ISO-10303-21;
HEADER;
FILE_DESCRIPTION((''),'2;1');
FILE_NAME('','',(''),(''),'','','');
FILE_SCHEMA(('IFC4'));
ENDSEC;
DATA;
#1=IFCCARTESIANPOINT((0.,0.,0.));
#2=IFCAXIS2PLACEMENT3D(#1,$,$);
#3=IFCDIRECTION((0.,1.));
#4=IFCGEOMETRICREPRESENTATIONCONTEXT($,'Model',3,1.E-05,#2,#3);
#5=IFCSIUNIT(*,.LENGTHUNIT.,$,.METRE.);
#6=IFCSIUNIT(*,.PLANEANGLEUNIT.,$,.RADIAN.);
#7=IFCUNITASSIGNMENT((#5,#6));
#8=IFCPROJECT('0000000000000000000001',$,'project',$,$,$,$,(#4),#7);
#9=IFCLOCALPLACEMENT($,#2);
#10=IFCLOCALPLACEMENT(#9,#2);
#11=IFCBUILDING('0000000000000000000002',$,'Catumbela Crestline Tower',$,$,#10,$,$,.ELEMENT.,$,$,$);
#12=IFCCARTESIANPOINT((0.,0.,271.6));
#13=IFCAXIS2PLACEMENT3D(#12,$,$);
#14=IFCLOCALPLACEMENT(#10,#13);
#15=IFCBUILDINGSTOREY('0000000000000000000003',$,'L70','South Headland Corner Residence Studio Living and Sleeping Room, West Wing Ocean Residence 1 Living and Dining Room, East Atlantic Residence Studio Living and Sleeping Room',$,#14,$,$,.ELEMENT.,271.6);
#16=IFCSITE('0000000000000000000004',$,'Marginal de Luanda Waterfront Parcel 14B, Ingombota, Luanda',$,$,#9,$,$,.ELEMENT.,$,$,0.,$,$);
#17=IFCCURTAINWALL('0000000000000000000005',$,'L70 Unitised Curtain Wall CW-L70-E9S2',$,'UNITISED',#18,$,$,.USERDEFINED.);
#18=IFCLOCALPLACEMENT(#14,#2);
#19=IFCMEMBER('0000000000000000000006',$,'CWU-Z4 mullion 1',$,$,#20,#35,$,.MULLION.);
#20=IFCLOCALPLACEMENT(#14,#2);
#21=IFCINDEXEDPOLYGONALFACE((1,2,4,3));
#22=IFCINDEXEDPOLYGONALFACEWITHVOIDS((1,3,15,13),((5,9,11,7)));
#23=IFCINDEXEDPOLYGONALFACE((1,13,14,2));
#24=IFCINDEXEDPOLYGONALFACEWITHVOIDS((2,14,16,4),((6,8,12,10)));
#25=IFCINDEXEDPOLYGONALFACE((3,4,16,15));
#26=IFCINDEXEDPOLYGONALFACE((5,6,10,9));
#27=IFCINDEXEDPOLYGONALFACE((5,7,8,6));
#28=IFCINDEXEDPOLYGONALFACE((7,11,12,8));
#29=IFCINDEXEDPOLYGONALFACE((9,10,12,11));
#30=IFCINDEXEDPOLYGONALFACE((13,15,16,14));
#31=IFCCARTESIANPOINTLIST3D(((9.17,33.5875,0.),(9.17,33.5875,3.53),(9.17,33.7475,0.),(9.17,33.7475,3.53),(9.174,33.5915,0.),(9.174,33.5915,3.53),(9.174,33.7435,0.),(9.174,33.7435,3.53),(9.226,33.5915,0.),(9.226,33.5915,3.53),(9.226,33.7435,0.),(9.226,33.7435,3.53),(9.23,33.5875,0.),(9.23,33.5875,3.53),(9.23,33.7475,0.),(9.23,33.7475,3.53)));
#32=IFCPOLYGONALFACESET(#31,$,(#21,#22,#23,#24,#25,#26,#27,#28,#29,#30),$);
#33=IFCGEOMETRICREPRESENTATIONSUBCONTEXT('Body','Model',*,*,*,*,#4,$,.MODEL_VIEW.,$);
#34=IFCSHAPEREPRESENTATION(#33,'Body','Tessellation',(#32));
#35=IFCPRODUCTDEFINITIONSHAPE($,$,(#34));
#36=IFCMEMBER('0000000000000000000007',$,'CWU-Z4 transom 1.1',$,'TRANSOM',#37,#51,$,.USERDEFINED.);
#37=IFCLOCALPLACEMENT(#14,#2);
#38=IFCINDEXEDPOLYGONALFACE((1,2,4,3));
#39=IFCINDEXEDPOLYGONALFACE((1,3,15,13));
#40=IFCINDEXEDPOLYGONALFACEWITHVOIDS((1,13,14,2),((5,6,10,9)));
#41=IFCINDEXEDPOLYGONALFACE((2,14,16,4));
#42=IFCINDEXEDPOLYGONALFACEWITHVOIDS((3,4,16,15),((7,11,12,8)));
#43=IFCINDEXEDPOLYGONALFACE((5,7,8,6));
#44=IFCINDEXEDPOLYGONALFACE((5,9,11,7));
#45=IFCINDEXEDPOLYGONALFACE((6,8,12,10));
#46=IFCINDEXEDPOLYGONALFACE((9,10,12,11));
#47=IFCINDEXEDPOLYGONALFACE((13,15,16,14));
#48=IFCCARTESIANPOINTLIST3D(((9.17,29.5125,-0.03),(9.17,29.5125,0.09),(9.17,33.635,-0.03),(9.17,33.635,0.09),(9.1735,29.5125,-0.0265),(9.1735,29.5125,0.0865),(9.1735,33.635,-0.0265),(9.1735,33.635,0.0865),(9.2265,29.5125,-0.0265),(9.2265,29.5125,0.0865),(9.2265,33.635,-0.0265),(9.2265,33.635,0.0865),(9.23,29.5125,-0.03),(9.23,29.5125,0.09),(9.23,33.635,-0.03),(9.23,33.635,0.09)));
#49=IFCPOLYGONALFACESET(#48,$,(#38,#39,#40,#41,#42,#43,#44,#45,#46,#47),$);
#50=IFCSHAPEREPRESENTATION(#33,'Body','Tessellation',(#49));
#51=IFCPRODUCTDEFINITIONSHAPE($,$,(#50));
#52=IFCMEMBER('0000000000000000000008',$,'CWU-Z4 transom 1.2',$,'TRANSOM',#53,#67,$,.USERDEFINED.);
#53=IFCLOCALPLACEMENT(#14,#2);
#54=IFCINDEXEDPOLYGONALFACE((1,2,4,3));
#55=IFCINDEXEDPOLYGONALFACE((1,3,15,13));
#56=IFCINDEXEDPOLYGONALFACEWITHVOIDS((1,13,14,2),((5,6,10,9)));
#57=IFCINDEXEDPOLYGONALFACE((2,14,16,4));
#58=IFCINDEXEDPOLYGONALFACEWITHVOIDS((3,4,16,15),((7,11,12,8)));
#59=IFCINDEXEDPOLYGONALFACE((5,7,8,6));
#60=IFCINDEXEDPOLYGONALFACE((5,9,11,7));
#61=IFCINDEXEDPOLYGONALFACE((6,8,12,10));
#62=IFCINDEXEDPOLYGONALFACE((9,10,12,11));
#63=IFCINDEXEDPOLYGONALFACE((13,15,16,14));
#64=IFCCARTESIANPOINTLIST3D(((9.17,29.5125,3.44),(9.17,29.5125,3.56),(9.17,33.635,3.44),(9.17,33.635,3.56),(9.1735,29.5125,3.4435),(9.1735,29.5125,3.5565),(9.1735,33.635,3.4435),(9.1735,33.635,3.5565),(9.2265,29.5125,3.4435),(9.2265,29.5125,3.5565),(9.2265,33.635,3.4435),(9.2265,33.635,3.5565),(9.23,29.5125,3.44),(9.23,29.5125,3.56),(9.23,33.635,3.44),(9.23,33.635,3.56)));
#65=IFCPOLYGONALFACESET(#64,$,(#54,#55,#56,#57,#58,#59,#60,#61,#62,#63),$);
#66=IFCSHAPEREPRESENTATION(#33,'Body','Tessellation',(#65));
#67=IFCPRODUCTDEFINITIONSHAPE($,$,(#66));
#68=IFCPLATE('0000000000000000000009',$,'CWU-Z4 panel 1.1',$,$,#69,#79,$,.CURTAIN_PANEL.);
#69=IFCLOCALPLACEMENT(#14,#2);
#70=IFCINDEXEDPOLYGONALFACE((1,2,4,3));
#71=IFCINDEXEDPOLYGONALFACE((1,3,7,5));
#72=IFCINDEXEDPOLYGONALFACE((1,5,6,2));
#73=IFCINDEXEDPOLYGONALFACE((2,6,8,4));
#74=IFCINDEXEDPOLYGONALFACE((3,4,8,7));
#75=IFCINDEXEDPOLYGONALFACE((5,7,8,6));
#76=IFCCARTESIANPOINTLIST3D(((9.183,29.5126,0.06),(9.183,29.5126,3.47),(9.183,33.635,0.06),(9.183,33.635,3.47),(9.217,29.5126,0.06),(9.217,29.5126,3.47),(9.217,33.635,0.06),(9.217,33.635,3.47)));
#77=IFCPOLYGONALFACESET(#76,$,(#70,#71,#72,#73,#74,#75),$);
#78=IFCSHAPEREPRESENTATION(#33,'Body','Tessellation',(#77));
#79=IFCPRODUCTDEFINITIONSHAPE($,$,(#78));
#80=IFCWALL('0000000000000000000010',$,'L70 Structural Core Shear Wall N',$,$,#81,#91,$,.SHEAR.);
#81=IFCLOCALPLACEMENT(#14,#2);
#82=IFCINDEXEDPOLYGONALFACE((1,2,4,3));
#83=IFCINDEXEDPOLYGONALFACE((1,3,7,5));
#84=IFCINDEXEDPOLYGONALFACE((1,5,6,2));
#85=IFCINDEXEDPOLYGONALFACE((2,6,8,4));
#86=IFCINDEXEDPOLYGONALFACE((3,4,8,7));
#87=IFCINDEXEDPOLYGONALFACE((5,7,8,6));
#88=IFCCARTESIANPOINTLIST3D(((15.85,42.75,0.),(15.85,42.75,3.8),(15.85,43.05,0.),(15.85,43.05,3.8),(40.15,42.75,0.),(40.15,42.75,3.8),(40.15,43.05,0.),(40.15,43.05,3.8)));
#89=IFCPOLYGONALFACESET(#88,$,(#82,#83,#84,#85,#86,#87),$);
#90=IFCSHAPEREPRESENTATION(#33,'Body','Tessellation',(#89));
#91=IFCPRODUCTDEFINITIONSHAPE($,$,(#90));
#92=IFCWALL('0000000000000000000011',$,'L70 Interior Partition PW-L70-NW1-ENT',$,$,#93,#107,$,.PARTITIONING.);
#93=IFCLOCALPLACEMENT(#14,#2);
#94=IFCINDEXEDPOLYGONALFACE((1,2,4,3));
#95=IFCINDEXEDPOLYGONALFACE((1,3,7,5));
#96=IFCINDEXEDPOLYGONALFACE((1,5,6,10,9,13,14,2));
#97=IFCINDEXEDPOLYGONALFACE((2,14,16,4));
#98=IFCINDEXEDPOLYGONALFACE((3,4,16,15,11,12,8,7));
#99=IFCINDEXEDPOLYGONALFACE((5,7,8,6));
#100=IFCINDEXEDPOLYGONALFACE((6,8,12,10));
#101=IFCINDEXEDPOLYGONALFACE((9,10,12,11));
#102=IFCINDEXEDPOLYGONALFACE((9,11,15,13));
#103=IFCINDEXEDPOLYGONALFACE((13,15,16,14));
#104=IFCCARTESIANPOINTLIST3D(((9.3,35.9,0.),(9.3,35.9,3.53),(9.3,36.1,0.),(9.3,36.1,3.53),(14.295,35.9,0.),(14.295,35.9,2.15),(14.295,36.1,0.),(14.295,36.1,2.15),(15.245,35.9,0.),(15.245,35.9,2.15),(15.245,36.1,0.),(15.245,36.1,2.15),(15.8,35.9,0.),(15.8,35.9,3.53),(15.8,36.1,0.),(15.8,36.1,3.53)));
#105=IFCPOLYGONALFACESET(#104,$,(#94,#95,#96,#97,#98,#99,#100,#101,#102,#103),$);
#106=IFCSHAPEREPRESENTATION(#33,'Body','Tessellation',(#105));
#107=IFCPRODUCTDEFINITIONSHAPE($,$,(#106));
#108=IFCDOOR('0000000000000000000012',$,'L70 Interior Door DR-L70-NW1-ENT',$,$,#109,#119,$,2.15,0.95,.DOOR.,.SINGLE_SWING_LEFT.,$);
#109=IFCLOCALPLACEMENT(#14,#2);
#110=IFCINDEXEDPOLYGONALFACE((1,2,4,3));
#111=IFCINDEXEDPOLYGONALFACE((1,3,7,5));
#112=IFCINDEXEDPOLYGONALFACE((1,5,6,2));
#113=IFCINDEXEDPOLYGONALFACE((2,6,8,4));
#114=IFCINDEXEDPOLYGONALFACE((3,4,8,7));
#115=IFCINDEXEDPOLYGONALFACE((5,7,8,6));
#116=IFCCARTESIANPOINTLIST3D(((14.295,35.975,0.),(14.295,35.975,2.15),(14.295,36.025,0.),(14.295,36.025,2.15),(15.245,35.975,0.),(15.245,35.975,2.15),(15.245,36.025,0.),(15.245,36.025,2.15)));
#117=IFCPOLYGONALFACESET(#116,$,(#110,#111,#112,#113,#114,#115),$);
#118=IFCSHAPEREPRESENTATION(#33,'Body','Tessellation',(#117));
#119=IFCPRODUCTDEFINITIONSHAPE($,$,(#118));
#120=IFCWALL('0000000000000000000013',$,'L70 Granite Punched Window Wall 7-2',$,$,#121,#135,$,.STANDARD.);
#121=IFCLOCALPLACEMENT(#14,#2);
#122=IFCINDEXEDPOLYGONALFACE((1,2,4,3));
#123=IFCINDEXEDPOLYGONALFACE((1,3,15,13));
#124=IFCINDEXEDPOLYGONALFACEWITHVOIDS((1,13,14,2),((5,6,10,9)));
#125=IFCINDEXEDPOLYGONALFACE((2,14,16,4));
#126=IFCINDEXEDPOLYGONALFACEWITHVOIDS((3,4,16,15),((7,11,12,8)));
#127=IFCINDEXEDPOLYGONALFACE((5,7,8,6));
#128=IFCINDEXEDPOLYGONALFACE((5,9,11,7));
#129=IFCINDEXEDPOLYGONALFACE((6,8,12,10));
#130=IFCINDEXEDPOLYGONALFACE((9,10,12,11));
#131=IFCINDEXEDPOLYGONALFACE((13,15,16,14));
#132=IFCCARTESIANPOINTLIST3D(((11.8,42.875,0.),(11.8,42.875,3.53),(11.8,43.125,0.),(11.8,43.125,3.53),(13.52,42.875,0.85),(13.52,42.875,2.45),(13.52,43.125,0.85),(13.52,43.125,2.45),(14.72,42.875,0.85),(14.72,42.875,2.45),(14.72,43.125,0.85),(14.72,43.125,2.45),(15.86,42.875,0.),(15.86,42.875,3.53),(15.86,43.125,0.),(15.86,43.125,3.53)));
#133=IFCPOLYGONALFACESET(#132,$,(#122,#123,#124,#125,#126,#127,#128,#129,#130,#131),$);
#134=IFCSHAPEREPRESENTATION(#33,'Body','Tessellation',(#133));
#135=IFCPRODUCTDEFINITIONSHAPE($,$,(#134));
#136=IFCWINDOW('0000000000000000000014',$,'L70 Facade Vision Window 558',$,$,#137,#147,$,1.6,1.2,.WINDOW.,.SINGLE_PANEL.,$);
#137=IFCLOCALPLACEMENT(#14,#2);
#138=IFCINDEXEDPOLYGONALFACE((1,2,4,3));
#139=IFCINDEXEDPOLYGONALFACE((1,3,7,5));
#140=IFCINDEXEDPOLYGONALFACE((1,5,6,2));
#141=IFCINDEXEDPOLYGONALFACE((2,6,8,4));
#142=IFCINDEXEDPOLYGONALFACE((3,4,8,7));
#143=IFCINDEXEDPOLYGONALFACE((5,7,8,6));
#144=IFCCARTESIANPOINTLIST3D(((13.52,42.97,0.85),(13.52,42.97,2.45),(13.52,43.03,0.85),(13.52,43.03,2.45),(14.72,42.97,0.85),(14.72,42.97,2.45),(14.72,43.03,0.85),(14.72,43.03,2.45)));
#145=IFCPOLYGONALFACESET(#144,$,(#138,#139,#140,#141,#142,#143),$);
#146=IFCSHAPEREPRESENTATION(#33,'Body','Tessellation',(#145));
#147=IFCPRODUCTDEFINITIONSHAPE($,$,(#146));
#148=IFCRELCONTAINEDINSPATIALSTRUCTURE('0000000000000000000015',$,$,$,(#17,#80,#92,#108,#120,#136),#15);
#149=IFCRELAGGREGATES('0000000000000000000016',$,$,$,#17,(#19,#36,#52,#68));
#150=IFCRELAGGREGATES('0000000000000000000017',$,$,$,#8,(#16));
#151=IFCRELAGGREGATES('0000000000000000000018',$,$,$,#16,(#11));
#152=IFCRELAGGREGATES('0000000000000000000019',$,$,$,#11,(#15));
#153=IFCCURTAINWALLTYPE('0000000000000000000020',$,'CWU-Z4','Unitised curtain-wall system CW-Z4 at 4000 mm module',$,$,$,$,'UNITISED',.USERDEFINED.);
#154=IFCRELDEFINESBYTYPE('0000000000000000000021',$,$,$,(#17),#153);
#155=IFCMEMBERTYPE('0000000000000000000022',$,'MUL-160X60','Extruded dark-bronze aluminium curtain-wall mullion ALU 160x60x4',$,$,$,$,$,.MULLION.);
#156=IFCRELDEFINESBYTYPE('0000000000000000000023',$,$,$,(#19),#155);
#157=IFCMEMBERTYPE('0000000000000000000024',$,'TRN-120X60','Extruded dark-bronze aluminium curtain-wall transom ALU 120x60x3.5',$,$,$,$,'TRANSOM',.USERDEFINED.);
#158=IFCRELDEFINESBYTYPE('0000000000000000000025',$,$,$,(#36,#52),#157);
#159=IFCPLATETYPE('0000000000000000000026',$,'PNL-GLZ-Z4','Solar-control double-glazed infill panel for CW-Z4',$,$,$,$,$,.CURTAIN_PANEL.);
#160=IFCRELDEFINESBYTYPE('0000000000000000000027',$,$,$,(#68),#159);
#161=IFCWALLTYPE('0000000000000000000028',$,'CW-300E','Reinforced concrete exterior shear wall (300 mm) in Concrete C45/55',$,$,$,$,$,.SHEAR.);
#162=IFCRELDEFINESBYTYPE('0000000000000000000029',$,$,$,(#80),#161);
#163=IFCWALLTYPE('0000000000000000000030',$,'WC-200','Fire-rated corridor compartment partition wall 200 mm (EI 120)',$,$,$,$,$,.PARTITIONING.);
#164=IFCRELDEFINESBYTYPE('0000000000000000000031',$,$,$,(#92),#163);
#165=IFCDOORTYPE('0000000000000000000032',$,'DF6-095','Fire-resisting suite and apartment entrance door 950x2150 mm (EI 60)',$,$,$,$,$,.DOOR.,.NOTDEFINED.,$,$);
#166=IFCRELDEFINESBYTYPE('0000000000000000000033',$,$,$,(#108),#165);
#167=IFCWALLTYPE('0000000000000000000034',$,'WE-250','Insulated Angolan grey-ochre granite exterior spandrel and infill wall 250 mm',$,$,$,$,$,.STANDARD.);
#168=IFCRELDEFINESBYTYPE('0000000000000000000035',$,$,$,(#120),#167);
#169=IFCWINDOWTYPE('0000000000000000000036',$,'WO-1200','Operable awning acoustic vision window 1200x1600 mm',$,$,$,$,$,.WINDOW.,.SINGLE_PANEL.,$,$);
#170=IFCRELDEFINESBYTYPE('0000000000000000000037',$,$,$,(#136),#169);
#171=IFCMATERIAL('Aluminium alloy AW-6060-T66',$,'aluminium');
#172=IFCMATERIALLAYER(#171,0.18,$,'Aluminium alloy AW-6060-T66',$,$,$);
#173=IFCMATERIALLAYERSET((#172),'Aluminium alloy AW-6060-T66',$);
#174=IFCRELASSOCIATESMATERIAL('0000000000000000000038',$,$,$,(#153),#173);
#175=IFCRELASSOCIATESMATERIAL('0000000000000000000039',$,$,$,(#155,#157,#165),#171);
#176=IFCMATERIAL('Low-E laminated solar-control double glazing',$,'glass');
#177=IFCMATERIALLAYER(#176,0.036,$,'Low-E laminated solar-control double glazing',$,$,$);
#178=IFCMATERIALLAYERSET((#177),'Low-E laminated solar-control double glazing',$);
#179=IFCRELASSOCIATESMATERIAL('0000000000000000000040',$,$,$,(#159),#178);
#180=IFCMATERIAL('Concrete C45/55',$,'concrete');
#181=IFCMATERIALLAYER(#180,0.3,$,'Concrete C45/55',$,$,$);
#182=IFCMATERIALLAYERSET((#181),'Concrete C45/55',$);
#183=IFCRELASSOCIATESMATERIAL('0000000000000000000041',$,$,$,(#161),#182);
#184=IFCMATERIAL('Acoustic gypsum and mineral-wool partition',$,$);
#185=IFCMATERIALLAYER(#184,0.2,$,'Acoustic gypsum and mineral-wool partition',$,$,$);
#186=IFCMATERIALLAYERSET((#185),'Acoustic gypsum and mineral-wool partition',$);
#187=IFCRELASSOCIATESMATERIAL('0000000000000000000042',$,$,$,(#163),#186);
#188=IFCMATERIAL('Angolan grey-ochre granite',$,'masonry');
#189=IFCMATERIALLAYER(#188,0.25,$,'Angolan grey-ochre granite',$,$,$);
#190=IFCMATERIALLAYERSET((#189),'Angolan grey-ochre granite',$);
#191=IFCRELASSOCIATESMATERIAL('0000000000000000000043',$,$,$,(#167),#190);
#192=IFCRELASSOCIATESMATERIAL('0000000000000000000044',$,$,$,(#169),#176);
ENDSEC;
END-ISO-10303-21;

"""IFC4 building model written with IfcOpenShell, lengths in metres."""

from ifc_helpers import new_model, si_unit, direction, frame, frame_2d, origin, origin_2d, place, context, subcontext, project, spatial, rectangle, hollow_rectangle, extrude, material, layer, layer_set, material_profile, profile_set, type_object, element, fill, aggregate, save


model = new_model("IFC4")

# Units and contexts
model_context = context("Model", 3, precision=1e-05, world=origin(), true_north=direction((0.0, 1.0)))
body_context = subcontext(model_context, "Body", "Model", "MODEL_VIEW")
ifc_project = project(units=[si_unit("LENGTHUNIT", "METRE"), si_unit("PLANEANGLEUNIT", "RADIAN")], contexts=[model_context])

# Site, building, storey
site_placement = place(None, origin())
site = spatial("IfcSite", under=ifc_project, at=site_placement, Name="Marginal de Luanda Waterfront Parcel 14B, Ingombota, Luanda", CompositionType="ELEMENT", RefElevation=0.0)
building_placement = place(site_placement, origin())
building = spatial("IfcBuilding", under=site, at=building_placement, Name="Catumbela Crestline Tower", CompositionType="ELEMENT")
storey_placement = place(building_placement, frame((0.0, 0.0, 271.6)))
storey = spatial("IfcBuildingStorey", under=building, at=storey_placement, Name="L70", Description="South Headland Corner Residence Studio Living and Sleeping Room, West Wing Ocean Residence 1 Living and Dining Room, East Atlantic Residence Studio Living and Sleeping Room", CompositionType="ELEMENT", Elevation=271.6)

# Curtain wall, members, plate
ifc_material_1 = material(Name="Aluminium alloy AW-6060-T66", Category="aluminium")
ifc_layer_1 = layer(ifc_material_1, 0.18, Name="Aluminium alloy AW-6060-T66")
ifc_layer_set_1 = layer_set([ifc_layer_1], Name="Aluminium alloy AW-6060-T66")
curtain_wall_type = type_object("IfcCurtainWallType", Name="CWU-Z4", Description="Unitised curtain-wall system CW-Z4 at 4000 mm module", ElementType="UNITISED", PredefinedType="USERDEFINED", material=ifc_layer_set_1)
curtain_wall_placement = place(storey_placement, origin())
curtain_wall = element("IfcCurtainWall", 1, at=curtain_wall_placement, inside=storey, type_object=curtain_wall_type, Name="L70 Unitised Curtain Wall CW-L70-E9S2", ObjectType="UNITISED", PredefinedType="USERDEFINED")
ifc_material_profile_1 = material_profile(ifc_material_1, hollow_rectangle(XDim=0.06, YDim=0.16, WallThickness=0.004, at=origin_2d()), Name="ALU 160x60x4")
ifc_profile_set_1 = profile_set([ifc_material_profile_1], Name="Aluminium alloy AW-6060-T66")
member_type_1 = type_object("IfcMemberType", Name="MUL-160X60", Description="Extruded dark-bronze aluminium curtain-wall mullion ALU 160x60x4", PredefinedType="MULLION", material=ifc_profile_set_1)
member_1_placement = place(storey_placement, frame((9.2, 33.6675, 0.0), z_axis=(0.0, 0.0, 1.0), x_axis=(1.0, 0.0, 0.0)))
member_1 = element("IfcMember", 2, at=member_1_placement, type_object=member_type_1, Name="CWU-Z4 mullion 1", PredefinedType="MULLION", context=body_context, shape_type="SweptSolid", body=[
    extrude(hollow_rectangle(XDim=0.06, YDim=0.16, WallThickness=0.004, at=origin_2d()), origin(), (0.0, 0.0, 1.0), 3.53),
])
ifc_material_profile_2 = material_profile(ifc_material_1, hollow_rectangle(XDim=0.06, YDim=0.12, WallThickness=0.0035, at=origin_2d()), Name="ALU 120x60x3.5")
ifc_profile_set_2 = profile_set([ifc_material_profile_2], Name="Aluminium alloy AW-6060-T66")
member_type_2 = type_object("IfcMemberType", Name="TRN-120X60", Description="Extruded dark-bronze aluminium curtain-wall transom ALU 120x60x3.5", ElementType="TRANSOM", PredefinedType="USERDEFINED", material=ifc_profile_set_2)
member_2_placement = place(storey_placement, frame((9.2, 33.635, 0.03), z_axis=(0.0, -1.0, 0.0), x_axis=(1.0, 0.0, 0.0)))
member_2 = element("IfcMember", 3, at=member_2_placement, type_object=member_type_2, Name="CWU-Z4 transom 1.1", ObjectType="TRANSOM", PredefinedType="USERDEFINED", context=body_context, shape_type="SweptSolid", body=[
    extrude(hollow_rectangle(XDim=0.06, YDim=0.12, WallThickness=0.0035, at=origin_2d()), origin(), (0.0, 0.0, 1.0), 4.1225),
])
member_3_placement = place(storey_placement, frame((9.2, 33.635, 3.5), z_axis=(0.0, -1.0, 0.0), x_axis=(1.0, 0.0, 0.0)))
member_3 = element("IfcMember", 4, at=member_3_placement, type_object=member_type_2, Name="CWU-Z4 transom 1.2", ObjectType="TRANSOM", PredefinedType="USERDEFINED", context=body_context, shape_type="SweptSolid", body=[
    extrude(hollow_rectangle(XDim=0.06, YDim=0.12, WallThickness=0.0035, at=origin_2d()), origin(), (0.0, 0.0, 1.0), 4.1225),
])
ifc_material_2 = material(Name="Low-E laminated solar-control double glazing", Category="glass")
ifc_layer_2 = layer(ifc_material_2, 0.036, Name="Low-E laminated solar-control double glazing")
ifc_layer_set_2 = layer_set([ifc_layer_2], Name="Low-E laminated solar-control double glazing")
plate_type = type_object("IfcPlateType", Name="PNL-GLZ-Z4", Description="Solar-control double-glazed infill panel for CW-Z4", PredefinedType="CURTAIN_PANEL", material=ifc_layer_set_2)
plate_placement = place(storey_placement, frame((9.2, 31.5738, 0.06), z_axis=(0.0, 0.0, 1.0), x_axis=(0.0, -1.0, 0.0)))
plate = element("IfcPlate", 5, at=plate_placement, type_object=plate_type, Name="CWU-Z4 panel 1.1", PredefinedType="CURTAIN_PANEL", context=body_context, shape_type="SweptSolid", body=[
    extrude(rectangle(XDim=4.1225, YDim=0.034, at=origin_2d()), origin(), (0.0, 0.0, 1.0), 3.41),
])
aggregate(curtain_wall, [member_1, member_2, member_3, plate])

# Wall
ifc_material_3 = material(Name="Concrete C45/55", Category="concrete")
ifc_layer_3 = layer(ifc_material_3, 0.3, Name="Concrete C45/55")
ifc_layer_set_3 = layer_set([ifc_layer_3], Name="Concrete C45/55")
wall_type_1 = type_object("IfcWallType", Name="CW-300E", Description="Reinforced concrete exterior shear wall (300 mm) in Concrete C45/55", PredefinedType="SHEAR", material=ifc_layer_set_3)
wall_1_placement = place(storey_placement, frame((15.85, 42.9, 0.0), z_axis=(0.0, 0.0, 1.0), x_axis=(1.0, 0.0, 0.0)))
element("IfcWall", 6, at=wall_1_placement, inside=storey, type_object=wall_type_1, Name="L70 Structural Core Shear Wall N", PredefinedType="SHEAR", context=body_context, shape_type="SweptSolid", body=[
    extrude(rectangle(XDim=24.3, YDim=0.3, at=frame_2d((12.15, 0.0))), origin(), (0.0, 0.0, 1.0), 3.8),
])

# Wall, opening, door
ifc_material_4 = material(Name="Acoustic gypsum and mineral-wool partition")
ifc_layer_4 = layer(ifc_material_4, 0.2, Name="Acoustic gypsum and mineral-wool partition")
ifc_layer_set_4 = layer_set([ifc_layer_4], Name="Acoustic gypsum and mineral-wool partition")
wall_type_2 = type_object("IfcWallType", Name="WC-200", Description="Fire-rated corridor compartment partition wall 200 mm (EI 120)", PredefinedType="PARTITIONING", material=ifc_layer_set_4)
wall_2_placement = place(storey_placement, frame((9.3, 36.0, 0.0), z_axis=(0.0, 0.0, 1.0), x_axis=(1.0, 0.0, 0.0)))
wall_2 = element("IfcWall", 7, at=wall_2_placement, inside=storey, type_object=wall_type_2, Name="L70 Interior Partition PW-L70-NW1-ENT", PredefinedType="PARTITIONING", context=body_context, shape_type="SweptSolid", body=[
    extrude(rectangle(XDim=6.5, YDim=0.2, at=frame_2d((3.25, 0.0))), origin(), (0.0, 0.0, 1.0), 3.53),
])
opening_1_placement = place(wall_2_placement, frame((4.995, 0.0, 0.0)))
opening_1 = element("IfcOpeningElement", 8, at=opening_1_placement, cuts=wall_2, PredefinedType="OPENING", context=body_context, shape_type="SweptSolid", body=[
    extrude(rectangle(XDim=0.95, YDim=2.15, at=frame_2d((0.475, 1.075))), frame((0.0, 0.11, 0.0), z_axis=(0.0, -1.0, 0.0), x_axis=(1.0, 0.0, 0.0)), (0.0, 0.0, 1.0), 0.22),
])
door_type_1 = type_object("IfcDoorType", Name="DF6-095", Description="Fire-resisting suite and apartment entrance door 950x2150 mm (EI 60)", OperationType="NOTDEFINED", PredefinedType="DOOR", material=ifc_material_1)
door_1_placement = place(opening_1_placement, origin())
door_1 = element("IfcDoor", 9, at=door_1_placement, inside=storey, type_object=door_type_1, Name="L70 Interior Door DR-L70-NW1-ENT", OperationType="SINGLE_SWING_LEFT", OverallHeight=2.15, OverallWidth=0.95, PredefinedType="DOOR", context=body_context, shape_type="SweptSolid", body=[
    extrude(rectangle(XDim=0.95, YDim=2.15, at=frame_2d((0.475, 1.075))), frame((0.0, 0.025, 0.0), z_axis=(0.0, -1.0, 0.0), x_axis=(1.0, 0.0, 0.0)), (0.0, 0.0, 1.0), 0.05),
])
fill(opening_1, door_1)

# Wall, opening, window
ifc_material_5 = material(Name="Angolan grey-ochre granite", Category="masonry")
ifc_layer_5 = layer(ifc_material_5, 0.25, Name="Angolan grey-ochre granite")
ifc_layer_set_5 = layer_set([ifc_layer_5], Name="Angolan grey-ochre granite")
wall_type_3 = type_object("IfcWallType", Name="WE-250", Description="Insulated Angolan grey-ochre granite exterior spandrel and infill wall 250 mm", PredefinedType="STANDARD", material=ifc_layer_set_5)
wall_3_placement = place(storey_placement, frame((15.86, 43.0, 0.0), z_axis=(0.0, 0.0, 1.0), x_axis=(-1.0, 0.0, 0.0)))
wall_3 = element("IfcWall", 10, at=wall_3_placement, inside=storey, type_object=wall_type_3, Name="L70 Granite Punched Window Wall 7-2", PredefinedType="STANDARD", context=body_context, shape_type="SweptSolid", body=[
    extrude(rectangle(XDim=4.06, YDim=0.25, at=frame_2d((2.03, 0.0))), origin(), (0.0, 0.0, 1.0), 3.53),
])
opening_2_placement = place(wall_3_placement, frame((1.14, 0.0, 0.85)))
opening_2 = element("IfcOpeningElement", 11, at=opening_2_placement, cuts=wall_3, PredefinedType="OPENING", context=body_context, shape_type="SweptSolid", body=[
    extrude(rectangle(XDim=1.2, YDim=1.6, at=frame_2d((0.6, 0.8))), frame((0.0, 0.135, 0.0), z_axis=(0.0, -1.0, 0.0), x_axis=(1.0, 0.0, 0.0)), (0.0, 0.0, 1.0), 0.27),
])
window_type_1 = type_object("IfcWindowType", Name="WO-1200", Description="Operable awning acoustic vision window 1200x1600 mm", PartitioningType="SINGLE_PANEL", PredefinedType="WINDOW", material=ifc_material_2)
window_1_placement = place(opening_2_placement, origin())
window_1 = element("IfcWindow", 12, at=window_1_placement, inside=storey, type_object=window_type_1, Name="L70 Facade Vision Window 558", OverallHeight=1.6, OverallWidth=1.2, PartitioningType="SINGLE_PANEL", PredefinedType="WINDOW", context=body_context, shape_type="SweptSolid", body=[
    extrude(rectangle(XDim=1.2, YDim=1.6, at=frame_2d((0.6, 0.8))), frame((0.0, 0.03, 0.0), z_axis=(0.0, -1.0, 0.0), x_axis=(1.0, 0.0, 0.0)), (0.0, 0.0, 1.0), 0.06),
])
fill(opening_2, window_1)

save(model, "model.ifc")
